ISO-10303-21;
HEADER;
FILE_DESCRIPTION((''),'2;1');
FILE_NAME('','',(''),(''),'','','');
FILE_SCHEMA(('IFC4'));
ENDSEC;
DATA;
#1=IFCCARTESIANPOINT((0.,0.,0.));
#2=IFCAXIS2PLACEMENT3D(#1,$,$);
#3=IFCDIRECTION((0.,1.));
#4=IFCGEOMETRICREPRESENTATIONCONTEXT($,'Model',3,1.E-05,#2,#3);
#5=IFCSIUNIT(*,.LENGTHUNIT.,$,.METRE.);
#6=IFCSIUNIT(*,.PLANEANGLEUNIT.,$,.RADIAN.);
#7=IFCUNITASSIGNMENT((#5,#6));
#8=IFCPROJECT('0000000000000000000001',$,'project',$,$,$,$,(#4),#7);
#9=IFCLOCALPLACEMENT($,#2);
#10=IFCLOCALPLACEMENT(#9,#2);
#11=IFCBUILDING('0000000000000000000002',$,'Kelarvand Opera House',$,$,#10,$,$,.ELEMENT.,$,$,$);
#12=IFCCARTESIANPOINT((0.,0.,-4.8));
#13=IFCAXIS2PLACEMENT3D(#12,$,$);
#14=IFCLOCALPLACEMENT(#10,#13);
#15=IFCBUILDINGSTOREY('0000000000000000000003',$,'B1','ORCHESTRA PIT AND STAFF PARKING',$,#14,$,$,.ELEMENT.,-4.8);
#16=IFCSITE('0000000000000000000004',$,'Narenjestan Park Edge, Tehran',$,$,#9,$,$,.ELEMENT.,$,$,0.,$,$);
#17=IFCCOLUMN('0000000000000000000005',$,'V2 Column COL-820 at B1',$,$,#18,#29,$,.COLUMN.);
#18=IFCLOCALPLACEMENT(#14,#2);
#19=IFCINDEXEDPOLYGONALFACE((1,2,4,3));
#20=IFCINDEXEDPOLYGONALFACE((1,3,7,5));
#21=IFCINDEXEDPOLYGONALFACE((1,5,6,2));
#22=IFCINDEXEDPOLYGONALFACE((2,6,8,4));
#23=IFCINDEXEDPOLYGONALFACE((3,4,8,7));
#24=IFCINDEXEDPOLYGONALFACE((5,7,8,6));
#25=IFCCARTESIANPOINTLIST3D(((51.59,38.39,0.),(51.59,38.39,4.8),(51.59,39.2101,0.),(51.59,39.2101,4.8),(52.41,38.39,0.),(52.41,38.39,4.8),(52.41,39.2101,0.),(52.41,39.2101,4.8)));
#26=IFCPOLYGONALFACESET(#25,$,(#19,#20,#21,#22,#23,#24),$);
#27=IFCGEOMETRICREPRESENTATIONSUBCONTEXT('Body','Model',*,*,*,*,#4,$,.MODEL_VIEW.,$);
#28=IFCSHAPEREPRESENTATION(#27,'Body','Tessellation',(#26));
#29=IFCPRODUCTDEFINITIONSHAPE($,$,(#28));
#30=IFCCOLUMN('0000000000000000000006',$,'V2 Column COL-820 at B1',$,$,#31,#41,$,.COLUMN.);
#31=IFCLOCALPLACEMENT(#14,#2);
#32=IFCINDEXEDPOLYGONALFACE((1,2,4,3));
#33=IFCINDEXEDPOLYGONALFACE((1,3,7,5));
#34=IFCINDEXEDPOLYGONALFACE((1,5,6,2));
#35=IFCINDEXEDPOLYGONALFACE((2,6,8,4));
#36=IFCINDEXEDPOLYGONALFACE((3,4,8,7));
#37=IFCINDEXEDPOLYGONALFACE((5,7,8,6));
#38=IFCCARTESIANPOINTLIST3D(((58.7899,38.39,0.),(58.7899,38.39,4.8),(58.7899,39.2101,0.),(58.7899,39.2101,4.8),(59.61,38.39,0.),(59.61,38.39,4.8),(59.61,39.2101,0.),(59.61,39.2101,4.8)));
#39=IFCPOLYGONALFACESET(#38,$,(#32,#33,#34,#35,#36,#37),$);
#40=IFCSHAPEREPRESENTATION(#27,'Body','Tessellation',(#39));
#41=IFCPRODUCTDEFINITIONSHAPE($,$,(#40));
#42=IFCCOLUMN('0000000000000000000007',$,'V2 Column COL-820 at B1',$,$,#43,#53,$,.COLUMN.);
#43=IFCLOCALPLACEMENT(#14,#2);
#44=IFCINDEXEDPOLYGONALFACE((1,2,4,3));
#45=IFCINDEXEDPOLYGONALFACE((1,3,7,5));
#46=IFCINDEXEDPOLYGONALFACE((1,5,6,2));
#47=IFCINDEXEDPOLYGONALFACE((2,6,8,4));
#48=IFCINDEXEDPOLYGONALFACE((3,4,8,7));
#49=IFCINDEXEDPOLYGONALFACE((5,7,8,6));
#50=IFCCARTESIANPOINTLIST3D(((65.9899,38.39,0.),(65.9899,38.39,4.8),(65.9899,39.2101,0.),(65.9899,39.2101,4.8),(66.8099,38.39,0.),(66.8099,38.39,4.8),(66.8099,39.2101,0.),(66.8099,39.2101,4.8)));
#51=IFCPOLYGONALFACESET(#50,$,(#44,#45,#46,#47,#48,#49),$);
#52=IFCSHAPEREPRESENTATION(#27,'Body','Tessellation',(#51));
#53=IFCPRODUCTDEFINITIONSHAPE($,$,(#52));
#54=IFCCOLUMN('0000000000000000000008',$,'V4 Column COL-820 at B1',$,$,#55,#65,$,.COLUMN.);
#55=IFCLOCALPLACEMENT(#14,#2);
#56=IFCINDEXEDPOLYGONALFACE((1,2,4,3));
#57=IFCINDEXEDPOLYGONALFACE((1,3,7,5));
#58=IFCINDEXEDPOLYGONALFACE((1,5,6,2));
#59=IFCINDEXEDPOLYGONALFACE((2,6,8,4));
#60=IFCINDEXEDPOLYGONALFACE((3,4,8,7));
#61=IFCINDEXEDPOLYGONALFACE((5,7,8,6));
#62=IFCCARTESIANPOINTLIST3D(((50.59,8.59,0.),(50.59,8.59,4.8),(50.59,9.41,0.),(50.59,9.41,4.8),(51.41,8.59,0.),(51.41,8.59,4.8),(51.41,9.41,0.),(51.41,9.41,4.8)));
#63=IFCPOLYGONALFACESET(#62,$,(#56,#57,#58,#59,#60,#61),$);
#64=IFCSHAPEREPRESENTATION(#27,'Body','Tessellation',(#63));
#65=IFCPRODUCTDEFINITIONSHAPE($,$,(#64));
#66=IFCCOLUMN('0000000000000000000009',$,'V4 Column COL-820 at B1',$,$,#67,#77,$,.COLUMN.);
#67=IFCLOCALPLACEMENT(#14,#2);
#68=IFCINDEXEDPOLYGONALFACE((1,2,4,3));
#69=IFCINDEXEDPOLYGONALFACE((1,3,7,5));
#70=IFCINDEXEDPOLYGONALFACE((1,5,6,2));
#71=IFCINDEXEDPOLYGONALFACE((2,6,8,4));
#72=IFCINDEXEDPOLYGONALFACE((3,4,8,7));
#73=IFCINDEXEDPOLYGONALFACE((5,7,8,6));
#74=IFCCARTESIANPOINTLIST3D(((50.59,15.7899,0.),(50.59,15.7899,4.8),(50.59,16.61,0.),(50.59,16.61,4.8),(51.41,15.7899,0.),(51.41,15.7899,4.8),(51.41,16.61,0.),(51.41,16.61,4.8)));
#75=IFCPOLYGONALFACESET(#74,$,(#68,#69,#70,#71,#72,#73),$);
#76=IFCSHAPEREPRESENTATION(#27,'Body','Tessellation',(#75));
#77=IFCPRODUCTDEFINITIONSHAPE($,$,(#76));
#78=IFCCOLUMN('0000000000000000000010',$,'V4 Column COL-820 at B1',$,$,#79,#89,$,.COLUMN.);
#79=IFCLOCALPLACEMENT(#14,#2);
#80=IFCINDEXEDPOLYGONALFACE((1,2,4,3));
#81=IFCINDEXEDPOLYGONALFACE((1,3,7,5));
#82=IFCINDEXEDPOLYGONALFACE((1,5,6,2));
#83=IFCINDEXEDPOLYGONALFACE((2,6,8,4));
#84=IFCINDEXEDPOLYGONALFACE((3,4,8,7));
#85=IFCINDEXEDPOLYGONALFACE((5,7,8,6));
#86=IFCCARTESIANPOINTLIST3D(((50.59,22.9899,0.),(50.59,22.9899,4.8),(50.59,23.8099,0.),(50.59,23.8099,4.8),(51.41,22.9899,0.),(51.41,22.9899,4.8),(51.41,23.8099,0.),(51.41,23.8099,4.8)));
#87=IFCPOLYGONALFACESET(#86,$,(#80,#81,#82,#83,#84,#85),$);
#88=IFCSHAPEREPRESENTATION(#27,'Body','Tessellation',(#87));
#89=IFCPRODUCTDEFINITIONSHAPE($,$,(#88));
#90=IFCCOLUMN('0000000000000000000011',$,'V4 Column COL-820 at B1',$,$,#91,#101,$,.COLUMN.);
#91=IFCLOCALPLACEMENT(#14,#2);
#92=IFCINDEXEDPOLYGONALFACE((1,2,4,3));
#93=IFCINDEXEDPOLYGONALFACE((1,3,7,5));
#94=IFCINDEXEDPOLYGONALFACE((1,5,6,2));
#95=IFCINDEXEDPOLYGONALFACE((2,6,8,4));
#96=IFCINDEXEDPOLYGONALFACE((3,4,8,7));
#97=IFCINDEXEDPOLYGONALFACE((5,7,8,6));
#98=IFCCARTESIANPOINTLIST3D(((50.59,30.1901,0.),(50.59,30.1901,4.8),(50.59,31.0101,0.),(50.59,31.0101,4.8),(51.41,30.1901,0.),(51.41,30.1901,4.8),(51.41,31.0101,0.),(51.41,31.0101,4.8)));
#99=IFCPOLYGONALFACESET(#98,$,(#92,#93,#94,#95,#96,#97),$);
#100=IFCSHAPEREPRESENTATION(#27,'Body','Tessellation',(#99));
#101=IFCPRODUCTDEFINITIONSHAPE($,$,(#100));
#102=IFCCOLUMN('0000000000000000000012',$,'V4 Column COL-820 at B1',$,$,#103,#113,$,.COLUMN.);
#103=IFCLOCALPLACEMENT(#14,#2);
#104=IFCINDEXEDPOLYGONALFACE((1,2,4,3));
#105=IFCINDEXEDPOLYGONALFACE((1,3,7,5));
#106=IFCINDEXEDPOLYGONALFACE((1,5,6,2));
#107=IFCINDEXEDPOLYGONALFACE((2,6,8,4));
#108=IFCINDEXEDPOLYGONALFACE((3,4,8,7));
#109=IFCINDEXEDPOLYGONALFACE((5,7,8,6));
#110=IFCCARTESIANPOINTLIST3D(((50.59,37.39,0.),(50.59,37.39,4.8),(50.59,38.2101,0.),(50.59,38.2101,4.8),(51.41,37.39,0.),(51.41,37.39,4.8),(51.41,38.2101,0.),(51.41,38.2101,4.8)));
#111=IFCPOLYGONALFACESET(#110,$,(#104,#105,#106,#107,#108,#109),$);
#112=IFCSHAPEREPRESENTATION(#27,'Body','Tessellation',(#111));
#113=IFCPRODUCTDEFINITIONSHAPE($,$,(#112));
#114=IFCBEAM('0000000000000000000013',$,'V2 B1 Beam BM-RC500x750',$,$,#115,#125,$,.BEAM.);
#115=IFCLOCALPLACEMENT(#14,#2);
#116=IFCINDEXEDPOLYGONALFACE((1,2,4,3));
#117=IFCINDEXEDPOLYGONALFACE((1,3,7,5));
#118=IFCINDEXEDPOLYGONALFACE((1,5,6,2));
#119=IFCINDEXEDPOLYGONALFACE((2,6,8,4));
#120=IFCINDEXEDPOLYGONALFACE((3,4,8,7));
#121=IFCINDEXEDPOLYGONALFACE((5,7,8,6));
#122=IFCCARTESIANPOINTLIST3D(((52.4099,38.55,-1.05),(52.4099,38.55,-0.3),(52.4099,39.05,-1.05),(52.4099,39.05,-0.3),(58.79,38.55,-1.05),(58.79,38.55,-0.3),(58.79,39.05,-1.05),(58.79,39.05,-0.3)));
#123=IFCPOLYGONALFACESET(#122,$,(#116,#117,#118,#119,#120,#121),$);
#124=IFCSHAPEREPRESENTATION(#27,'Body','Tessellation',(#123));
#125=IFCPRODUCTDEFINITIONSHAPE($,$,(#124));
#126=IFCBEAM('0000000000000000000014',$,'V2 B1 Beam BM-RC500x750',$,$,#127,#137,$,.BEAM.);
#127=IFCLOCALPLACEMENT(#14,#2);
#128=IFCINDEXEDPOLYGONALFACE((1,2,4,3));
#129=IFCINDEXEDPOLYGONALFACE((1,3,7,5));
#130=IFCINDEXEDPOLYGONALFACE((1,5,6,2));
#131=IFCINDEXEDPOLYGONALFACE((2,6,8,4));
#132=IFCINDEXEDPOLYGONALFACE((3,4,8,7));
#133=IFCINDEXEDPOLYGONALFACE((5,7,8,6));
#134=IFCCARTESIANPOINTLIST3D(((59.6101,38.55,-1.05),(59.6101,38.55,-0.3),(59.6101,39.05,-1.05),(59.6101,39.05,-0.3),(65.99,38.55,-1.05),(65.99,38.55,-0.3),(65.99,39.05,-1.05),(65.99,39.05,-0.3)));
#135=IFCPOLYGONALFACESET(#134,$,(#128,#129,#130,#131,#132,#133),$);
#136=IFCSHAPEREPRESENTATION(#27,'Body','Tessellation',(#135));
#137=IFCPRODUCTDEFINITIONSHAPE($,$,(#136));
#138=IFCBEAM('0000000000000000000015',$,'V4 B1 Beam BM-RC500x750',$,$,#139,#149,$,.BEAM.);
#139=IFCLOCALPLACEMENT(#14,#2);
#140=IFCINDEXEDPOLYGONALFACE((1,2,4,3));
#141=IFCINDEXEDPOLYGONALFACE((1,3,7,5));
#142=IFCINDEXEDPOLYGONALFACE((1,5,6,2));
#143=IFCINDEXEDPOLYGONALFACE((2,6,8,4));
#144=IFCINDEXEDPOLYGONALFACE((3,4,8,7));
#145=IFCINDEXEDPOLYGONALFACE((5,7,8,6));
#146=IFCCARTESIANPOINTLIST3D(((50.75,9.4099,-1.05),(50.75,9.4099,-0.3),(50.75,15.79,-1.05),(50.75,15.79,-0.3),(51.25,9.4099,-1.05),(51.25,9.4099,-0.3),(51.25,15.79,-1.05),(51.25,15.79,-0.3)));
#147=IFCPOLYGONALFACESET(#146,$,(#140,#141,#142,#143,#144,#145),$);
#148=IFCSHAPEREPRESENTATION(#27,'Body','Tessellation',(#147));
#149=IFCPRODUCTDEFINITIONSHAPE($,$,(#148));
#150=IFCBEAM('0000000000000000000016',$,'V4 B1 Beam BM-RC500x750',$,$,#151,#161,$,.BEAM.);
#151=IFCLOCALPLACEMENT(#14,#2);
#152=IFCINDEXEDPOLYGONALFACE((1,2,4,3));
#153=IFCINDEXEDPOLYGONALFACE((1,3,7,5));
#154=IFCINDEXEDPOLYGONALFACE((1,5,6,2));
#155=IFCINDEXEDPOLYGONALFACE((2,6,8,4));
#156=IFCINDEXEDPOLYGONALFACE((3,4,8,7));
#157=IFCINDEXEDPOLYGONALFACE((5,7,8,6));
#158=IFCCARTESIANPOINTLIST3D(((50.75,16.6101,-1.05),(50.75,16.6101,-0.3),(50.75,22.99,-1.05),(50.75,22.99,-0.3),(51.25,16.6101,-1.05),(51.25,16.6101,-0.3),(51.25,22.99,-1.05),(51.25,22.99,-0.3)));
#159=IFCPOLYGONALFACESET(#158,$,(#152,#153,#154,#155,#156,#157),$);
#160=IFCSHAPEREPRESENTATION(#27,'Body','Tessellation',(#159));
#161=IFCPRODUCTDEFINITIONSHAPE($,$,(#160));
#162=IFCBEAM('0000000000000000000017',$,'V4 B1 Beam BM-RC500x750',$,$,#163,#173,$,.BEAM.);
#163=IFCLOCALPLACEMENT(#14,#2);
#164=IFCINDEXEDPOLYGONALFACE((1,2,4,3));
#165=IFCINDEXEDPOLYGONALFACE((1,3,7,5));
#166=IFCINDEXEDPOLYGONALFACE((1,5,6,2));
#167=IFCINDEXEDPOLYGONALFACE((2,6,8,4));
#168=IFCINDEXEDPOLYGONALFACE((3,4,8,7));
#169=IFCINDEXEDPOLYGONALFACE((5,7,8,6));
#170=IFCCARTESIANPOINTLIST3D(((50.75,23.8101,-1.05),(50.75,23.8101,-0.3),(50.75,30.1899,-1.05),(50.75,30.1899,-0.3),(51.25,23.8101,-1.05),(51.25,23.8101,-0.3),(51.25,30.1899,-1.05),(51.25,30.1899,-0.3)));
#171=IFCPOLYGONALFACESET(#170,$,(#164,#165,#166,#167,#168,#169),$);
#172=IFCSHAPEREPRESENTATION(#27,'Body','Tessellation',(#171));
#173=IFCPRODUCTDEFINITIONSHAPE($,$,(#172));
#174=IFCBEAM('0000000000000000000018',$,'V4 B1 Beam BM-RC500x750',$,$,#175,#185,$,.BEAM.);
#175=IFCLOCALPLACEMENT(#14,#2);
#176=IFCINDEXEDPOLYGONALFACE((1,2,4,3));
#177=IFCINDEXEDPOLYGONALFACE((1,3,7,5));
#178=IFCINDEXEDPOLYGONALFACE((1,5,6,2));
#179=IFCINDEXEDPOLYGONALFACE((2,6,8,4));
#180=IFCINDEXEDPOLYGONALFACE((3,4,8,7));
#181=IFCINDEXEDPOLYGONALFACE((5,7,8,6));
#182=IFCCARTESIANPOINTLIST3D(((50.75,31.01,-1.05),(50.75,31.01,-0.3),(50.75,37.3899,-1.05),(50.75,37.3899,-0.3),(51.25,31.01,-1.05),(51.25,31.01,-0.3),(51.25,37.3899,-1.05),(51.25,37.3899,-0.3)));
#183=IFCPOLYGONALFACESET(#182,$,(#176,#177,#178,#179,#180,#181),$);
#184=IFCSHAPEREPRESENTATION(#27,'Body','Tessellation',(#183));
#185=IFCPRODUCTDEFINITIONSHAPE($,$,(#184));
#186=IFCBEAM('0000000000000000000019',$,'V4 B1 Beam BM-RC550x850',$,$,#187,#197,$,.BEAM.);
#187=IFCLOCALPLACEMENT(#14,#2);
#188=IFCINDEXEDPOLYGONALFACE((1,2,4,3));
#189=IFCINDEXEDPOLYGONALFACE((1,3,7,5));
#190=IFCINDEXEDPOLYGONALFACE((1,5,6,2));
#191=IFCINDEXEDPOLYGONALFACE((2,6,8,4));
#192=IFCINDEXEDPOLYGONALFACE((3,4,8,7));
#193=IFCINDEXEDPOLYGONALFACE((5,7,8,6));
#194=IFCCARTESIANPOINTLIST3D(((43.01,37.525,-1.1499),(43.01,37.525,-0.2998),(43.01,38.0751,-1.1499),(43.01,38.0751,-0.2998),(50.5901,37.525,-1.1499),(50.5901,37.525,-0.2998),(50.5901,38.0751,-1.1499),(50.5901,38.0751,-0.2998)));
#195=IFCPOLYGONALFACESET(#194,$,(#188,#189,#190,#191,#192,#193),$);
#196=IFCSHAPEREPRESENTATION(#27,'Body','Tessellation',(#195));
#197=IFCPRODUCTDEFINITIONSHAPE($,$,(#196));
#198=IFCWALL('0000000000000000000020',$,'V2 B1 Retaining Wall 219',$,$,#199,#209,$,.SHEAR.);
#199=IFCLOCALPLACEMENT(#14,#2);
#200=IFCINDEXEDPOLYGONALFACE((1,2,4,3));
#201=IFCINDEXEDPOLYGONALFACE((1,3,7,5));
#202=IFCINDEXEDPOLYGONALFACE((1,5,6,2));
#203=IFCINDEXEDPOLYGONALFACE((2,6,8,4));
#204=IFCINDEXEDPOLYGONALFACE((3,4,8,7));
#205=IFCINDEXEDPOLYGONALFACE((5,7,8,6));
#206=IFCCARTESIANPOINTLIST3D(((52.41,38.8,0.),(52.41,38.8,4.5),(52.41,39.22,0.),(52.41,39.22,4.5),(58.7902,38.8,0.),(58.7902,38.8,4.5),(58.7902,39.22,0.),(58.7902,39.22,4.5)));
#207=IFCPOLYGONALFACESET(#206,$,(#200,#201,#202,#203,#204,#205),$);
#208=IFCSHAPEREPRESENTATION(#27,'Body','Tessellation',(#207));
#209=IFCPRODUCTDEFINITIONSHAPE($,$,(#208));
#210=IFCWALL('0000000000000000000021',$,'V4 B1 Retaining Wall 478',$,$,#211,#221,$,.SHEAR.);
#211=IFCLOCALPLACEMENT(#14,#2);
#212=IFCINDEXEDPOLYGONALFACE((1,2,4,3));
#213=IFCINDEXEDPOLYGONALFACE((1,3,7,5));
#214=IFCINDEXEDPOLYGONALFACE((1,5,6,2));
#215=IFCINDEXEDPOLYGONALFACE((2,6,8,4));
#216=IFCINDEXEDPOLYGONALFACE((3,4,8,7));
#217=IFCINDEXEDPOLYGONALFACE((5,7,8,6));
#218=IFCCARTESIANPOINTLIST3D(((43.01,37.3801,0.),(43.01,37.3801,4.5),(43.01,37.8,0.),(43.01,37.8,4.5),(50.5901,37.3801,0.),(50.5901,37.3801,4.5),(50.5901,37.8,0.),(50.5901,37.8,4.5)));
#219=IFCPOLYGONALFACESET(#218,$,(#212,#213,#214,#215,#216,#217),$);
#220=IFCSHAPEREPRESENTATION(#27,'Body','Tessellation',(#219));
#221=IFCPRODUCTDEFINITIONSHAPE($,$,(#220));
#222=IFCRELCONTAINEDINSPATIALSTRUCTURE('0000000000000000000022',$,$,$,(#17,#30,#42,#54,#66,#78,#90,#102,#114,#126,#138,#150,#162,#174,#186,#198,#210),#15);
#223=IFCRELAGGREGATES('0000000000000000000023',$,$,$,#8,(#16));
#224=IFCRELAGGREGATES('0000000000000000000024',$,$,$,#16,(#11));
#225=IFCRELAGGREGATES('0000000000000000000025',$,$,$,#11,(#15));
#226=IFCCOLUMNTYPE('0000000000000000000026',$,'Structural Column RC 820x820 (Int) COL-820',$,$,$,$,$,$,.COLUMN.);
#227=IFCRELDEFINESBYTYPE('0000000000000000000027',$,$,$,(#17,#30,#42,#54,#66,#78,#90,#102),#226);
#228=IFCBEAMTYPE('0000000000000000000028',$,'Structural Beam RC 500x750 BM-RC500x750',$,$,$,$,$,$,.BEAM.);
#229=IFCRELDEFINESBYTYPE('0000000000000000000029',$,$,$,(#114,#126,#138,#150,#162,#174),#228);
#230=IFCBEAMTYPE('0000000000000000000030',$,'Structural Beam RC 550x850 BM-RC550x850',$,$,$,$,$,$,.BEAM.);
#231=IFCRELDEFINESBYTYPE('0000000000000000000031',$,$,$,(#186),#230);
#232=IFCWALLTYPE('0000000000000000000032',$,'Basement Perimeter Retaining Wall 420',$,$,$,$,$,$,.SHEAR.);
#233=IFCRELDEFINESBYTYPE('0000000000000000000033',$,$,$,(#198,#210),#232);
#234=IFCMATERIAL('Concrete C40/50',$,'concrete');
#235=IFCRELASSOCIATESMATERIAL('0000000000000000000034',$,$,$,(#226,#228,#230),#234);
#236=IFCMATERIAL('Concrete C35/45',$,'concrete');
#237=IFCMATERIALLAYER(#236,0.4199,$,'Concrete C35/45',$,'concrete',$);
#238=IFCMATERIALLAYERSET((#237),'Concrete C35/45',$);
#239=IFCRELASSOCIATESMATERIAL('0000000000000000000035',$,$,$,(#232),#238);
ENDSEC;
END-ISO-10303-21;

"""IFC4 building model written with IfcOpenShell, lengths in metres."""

from ifc_helpers import new_model, si_unit, direction, frame, frame_2d, origin, origin_2d, place, context, subcontext, project, spatial, rectangle, extrude, material, layer, layer_set, material_profile, profile_set, type_object, element, save


model = new_model("IFC4")

# Units and contexts
model_context = context("Model", 3, precision=1e-05, world=origin(), true_north=direction((0.0, 1.0)))
body_context = subcontext(model_context, "Body", "Model", "MODEL_VIEW")
ifc_project = project(units=[si_unit("LENGTHUNIT", "METRE"), si_unit("PLANEANGLEUNIT", "RADIAN")], contexts=[model_context])

# Site, building, storey
site_placement = place(None, origin())
site = spatial("IfcSite", under=ifc_project, at=site_placement, Name="Narenjestan Park Edge, Tehran", CompositionType="ELEMENT", RefElevation=0.0)
building_placement = place(site_placement, origin())
building = spatial("IfcBuilding", under=site, at=building_placement, Name="Kelarvand Opera House", CompositionType="ELEMENT")
storey_placement = place(building_placement, frame((0.0, 0.0, -4.8)))
storey = spatial("IfcBuildingStorey", under=building, at=storey_placement, Name="B1", Description="ORCHESTRA PIT AND STAFF PARKING", CompositionType="ELEMENT", Elevation=-4.8)

# Columns
ifc_material_1 = material(Name="Concrete C40/50", Category="concrete")
ifc_material_profile_1 = material_profile(ifc_material_1, rectangle(XDim=0.8201, YDim=0.8201, at=origin_2d()), Name="RC 820x820", Category="concrete")
ifc_profile_set_1 = profile_set([ifc_material_profile_1], Name="Concrete C40/50")
column_type = type_object("IfcColumnType", Name="Structural Column RC 820x820 (Int) COL-820", PredefinedType="COLUMN", material=ifc_profile_set_1)
for number, where, z_axis, x_axis, name in (
    (1, (52.0, 38.8, 0.0), (0.0, 0.0, 1.0), (1.0, 0.0, 0.0), "V2 Column COL-820 at B1"),
    (2, (59.2, 38.8, 0.0), (0.0, 0.0, 1.0), (1.0, 0.0, 0.0), "V2 Column COL-820 at B1"),
    (3, (66.3999, 38.8, 0.0), (0.0, 0.0, 1.0), (1.0, 0.0, 0.0), "V2 Column COL-820 at B1"),
    (4, (51.0, 9.0, 0.0), (0.0, 0.0, 1.0), (1.0, 0.0, 0.0), "V4 Column COL-820 at B1"),
    (5, (51.0, 16.2, 0.0), (0.0, 0.0, 1.0), (1.0, 0.0, 0.0), "V4 Column COL-820 at B1"),
    (6, (51.0, 23.3999, 0.0), (0.0, 0.0, 1.0), (1.0, 0.0, 0.0), "V4 Column COL-820 at B1"),
    (7, (51.0, 30.6001, 0.0), (0.0, 0.0, 1.0), (1.0, 0.0, 0.0), "V4 Column COL-820 at B1"),
    (8, (51.0, 37.8, 0.0), (0.0, 0.0, 1.0), (1.0, 0.0, 0.0), "V4 Column COL-820 at B1"),
):
    element("IfcColumn", number, at=place(storey_placement, frame(where, z_axis=z_axis, x_axis=x_axis)), inside=storey, type_object=column_type, Name=name, PredefinedType="COLUMN", context=body_context, shape_type="SweptSolid", body=[
        extrude(rectangle(XDim=0.8201, YDim=0.8201, at=origin_2d()), origin(), (0.0, 0.0, 1.0), 4.8),
    ])

# Beams
ifc_material_profile_2 = material_profile(ifc_material_1, rectangle(XDim=0.5, YDim=0.75, at=origin_2d()), Name="RC 500x750", Category="concrete")
ifc_profile_set_2 = profile_set([ifc_material_profile_2], Name="Concrete C40/50")
beam_type_1 = type_object("IfcBeamType", Name="Structural Beam RC 500x750 BM-RC500x750", PredefinedType="BEAM", material=ifc_profile_set_2)
beam_1_placement = place(storey_placement, frame((52.4099, 38.8, -0.675), z_axis=(1.0, 0.0, 0.0), x_axis=(0.0, 1.0, 0.0)))
element("IfcBeam", 9, at=beam_1_placement, inside=storey, type_object=beam_type_1, Name="V2 B1 Beam BM-RC500x750", PredefinedType="BEAM", context=body_context, shape_type="SweptSolid", body=[
    extrude(rectangle(XDim=0.5, YDim=0.75, at=origin_2d()), origin(), (0.0, 0.0, 1.0), 6.3801),
])
beam_2_placement = place(storey_placement, frame((59.6101, 38.8, -0.675), z_axis=(1.0, 0.0, 0.0), x_axis=(0.0, 1.0, 0.0)))
element("IfcBeam", 10, at=beam_2_placement, inside=storey, type_object=beam_type_1, Name="V2 B1 Beam BM-RC500x750", PredefinedType="BEAM", context=body_context, shape_type="SweptSolid", body=[
    extrude(rectangle(XDim=0.5, YDim=0.75, at=origin_2d()), origin(), (0.0, 0.0, 1.0), 6.3799),
])
beam_3_placement = place(storey_placement, frame((51.0, 9.4099, -0.675), z_axis=(0.0, 1.0, 0.0), x_axis=(-1.0, 0.0, 0.0)))
element("IfcBeam", 11, at=beam_3_placement, inside=storey, type_object=beam_type_1, Name="V4 B1 Beam BM-RC500x750", PredefinedType="BEAM", context=body_context, shape_type="SweptSolid", body=[
    extrude(rectangle(XDim=0.5, YDim=0.75, at=origin_2d()), origin(), (0.0, 0.0, 1.0), 6.3801),
])
for number, where, z_axis, x_axis, name in (
    (12, (51.0, 16.6101, -0.675), (0.0, 1.0, 0.0), (-1.0, 0.0, 0.0), "V4 B1 Beam BM-RC500x750"),
    (13, (51.0, 23.8101, -0.675), (0.0, 1.0, 0.0), (-1.0, 0.0, 0.0), "V4 B1 Beam BM-RC500x750"),
    (14, (51.0, 31.01, -0.675), (0.0, 1.0, 0.0), (-1.0, 0.0, 0.0), "V4 B1 Beam BM-RC500x750"),
):
    element("IfcBeam", number, at=place(storey_placement, frame(where, z_axis=z_axis, x_axis=x_axis)), inside=storey, type_object=beam_type_1, Name=name, PredefinedType="BEAM", context=body_context, shape_type="SweptSolid", body=[
        extrude(rectangle(XDim=0.5, YDim=0.75, at=origin_2d()), origin(), (0.0, 0.0, 1.0), 6.3799),
    ])
ifc_material_profile_3 = material_profile(ifc_material_1, rectangle(XDim=0.55, YDim=0.8501, at=origin_2d()), Name="RC 550x850", Category="concrete")
ifc_profile_set_3 = profile_set([ifc_material_profile_3], Name="Concrete C40/50")
beam_type_2 = type_object("IfcBeamType", Name="Structural Beam RC 550x850 BM-RC550x850", PredefinedType="BEAM", material=ifc_profile_set_3)
beam_4_placement = place(storey_placement, frame((43.01, 37.8, -0.7249), z_axis=(1.0, 0.0, 0.0), x_axis=(0.0, 1.0, 0.0)))
element("IfcBeam", 15, at=beam_4_placement, inside=storey, type_object=beam_type_2, Name="V4 B1 Beam BM-RC550x850", PredefinedType="BEAM", context=body_context, shape_type="SweptSolid", body=[
    extrude(rectangle(XDim=0.55, YDim=0.8501, at=origin_2d()), origin(), (0.0, 0.0, 1.0), 7.5801),
])

# Walls
ifc_material_2 = material(Name="Concrete C35/45", Category="concrete")
ifc_layer = layer(ifc_material_2, 0.4199, Name="Concrete C35/45", Category="concrete")
ifc_layer_set = layer_set([ifc_layer], Name="Concrete C35/45")
wall_type = type_object("IfcWallType", Name="Basement Perimeter Retaining Wall 420", PredefinedType="SHEAR", material=ifc_layer_set)
wall_1_placement = place(storey_placement, frame((58.79, 39.01, 0.0), z_axis=(0.0, 0.0, 1.0), x_axis=(-1.0, 0.0, 0.0)))
element("IfcWall", 16, at=wall_1_placement, inside=storey, type_object=wall_type, Name="V2 B1 Retaining Wall 219", PredefinedType="SHEAR", context=body_context, shape_type="SweptSolid", body=[
    extrude(rectangle(XDim=6.3801, YDim=0.4199, at=frame_2d((3.1899, 0.0))), origin(), (0.0, 0.0, 1.0), 4.5),
])
wall_2_placement = place(storey_placement, frame((43.01, 37.5901, 0.0), z_axis=(0.0, 0.0, 1.0), x_axis=(1.0, 0.0, 0.0)))
element("IfcWall", 17, at=wall_2_placement, inside=storey, type_object=wall_type, Name="V4 B1 Retaining Wall 478", PredefinedType="SHEAR", context=body_context, shape_type="SweptSolid", body=[
    extrude(rectangle(XDim=7.5801, YDim=0.4199, at=frame_2d((3.79, 0.0))), origin(), (0.0, 0.0, 1.0), 4.5),
])

save(model, "model.ifc")
